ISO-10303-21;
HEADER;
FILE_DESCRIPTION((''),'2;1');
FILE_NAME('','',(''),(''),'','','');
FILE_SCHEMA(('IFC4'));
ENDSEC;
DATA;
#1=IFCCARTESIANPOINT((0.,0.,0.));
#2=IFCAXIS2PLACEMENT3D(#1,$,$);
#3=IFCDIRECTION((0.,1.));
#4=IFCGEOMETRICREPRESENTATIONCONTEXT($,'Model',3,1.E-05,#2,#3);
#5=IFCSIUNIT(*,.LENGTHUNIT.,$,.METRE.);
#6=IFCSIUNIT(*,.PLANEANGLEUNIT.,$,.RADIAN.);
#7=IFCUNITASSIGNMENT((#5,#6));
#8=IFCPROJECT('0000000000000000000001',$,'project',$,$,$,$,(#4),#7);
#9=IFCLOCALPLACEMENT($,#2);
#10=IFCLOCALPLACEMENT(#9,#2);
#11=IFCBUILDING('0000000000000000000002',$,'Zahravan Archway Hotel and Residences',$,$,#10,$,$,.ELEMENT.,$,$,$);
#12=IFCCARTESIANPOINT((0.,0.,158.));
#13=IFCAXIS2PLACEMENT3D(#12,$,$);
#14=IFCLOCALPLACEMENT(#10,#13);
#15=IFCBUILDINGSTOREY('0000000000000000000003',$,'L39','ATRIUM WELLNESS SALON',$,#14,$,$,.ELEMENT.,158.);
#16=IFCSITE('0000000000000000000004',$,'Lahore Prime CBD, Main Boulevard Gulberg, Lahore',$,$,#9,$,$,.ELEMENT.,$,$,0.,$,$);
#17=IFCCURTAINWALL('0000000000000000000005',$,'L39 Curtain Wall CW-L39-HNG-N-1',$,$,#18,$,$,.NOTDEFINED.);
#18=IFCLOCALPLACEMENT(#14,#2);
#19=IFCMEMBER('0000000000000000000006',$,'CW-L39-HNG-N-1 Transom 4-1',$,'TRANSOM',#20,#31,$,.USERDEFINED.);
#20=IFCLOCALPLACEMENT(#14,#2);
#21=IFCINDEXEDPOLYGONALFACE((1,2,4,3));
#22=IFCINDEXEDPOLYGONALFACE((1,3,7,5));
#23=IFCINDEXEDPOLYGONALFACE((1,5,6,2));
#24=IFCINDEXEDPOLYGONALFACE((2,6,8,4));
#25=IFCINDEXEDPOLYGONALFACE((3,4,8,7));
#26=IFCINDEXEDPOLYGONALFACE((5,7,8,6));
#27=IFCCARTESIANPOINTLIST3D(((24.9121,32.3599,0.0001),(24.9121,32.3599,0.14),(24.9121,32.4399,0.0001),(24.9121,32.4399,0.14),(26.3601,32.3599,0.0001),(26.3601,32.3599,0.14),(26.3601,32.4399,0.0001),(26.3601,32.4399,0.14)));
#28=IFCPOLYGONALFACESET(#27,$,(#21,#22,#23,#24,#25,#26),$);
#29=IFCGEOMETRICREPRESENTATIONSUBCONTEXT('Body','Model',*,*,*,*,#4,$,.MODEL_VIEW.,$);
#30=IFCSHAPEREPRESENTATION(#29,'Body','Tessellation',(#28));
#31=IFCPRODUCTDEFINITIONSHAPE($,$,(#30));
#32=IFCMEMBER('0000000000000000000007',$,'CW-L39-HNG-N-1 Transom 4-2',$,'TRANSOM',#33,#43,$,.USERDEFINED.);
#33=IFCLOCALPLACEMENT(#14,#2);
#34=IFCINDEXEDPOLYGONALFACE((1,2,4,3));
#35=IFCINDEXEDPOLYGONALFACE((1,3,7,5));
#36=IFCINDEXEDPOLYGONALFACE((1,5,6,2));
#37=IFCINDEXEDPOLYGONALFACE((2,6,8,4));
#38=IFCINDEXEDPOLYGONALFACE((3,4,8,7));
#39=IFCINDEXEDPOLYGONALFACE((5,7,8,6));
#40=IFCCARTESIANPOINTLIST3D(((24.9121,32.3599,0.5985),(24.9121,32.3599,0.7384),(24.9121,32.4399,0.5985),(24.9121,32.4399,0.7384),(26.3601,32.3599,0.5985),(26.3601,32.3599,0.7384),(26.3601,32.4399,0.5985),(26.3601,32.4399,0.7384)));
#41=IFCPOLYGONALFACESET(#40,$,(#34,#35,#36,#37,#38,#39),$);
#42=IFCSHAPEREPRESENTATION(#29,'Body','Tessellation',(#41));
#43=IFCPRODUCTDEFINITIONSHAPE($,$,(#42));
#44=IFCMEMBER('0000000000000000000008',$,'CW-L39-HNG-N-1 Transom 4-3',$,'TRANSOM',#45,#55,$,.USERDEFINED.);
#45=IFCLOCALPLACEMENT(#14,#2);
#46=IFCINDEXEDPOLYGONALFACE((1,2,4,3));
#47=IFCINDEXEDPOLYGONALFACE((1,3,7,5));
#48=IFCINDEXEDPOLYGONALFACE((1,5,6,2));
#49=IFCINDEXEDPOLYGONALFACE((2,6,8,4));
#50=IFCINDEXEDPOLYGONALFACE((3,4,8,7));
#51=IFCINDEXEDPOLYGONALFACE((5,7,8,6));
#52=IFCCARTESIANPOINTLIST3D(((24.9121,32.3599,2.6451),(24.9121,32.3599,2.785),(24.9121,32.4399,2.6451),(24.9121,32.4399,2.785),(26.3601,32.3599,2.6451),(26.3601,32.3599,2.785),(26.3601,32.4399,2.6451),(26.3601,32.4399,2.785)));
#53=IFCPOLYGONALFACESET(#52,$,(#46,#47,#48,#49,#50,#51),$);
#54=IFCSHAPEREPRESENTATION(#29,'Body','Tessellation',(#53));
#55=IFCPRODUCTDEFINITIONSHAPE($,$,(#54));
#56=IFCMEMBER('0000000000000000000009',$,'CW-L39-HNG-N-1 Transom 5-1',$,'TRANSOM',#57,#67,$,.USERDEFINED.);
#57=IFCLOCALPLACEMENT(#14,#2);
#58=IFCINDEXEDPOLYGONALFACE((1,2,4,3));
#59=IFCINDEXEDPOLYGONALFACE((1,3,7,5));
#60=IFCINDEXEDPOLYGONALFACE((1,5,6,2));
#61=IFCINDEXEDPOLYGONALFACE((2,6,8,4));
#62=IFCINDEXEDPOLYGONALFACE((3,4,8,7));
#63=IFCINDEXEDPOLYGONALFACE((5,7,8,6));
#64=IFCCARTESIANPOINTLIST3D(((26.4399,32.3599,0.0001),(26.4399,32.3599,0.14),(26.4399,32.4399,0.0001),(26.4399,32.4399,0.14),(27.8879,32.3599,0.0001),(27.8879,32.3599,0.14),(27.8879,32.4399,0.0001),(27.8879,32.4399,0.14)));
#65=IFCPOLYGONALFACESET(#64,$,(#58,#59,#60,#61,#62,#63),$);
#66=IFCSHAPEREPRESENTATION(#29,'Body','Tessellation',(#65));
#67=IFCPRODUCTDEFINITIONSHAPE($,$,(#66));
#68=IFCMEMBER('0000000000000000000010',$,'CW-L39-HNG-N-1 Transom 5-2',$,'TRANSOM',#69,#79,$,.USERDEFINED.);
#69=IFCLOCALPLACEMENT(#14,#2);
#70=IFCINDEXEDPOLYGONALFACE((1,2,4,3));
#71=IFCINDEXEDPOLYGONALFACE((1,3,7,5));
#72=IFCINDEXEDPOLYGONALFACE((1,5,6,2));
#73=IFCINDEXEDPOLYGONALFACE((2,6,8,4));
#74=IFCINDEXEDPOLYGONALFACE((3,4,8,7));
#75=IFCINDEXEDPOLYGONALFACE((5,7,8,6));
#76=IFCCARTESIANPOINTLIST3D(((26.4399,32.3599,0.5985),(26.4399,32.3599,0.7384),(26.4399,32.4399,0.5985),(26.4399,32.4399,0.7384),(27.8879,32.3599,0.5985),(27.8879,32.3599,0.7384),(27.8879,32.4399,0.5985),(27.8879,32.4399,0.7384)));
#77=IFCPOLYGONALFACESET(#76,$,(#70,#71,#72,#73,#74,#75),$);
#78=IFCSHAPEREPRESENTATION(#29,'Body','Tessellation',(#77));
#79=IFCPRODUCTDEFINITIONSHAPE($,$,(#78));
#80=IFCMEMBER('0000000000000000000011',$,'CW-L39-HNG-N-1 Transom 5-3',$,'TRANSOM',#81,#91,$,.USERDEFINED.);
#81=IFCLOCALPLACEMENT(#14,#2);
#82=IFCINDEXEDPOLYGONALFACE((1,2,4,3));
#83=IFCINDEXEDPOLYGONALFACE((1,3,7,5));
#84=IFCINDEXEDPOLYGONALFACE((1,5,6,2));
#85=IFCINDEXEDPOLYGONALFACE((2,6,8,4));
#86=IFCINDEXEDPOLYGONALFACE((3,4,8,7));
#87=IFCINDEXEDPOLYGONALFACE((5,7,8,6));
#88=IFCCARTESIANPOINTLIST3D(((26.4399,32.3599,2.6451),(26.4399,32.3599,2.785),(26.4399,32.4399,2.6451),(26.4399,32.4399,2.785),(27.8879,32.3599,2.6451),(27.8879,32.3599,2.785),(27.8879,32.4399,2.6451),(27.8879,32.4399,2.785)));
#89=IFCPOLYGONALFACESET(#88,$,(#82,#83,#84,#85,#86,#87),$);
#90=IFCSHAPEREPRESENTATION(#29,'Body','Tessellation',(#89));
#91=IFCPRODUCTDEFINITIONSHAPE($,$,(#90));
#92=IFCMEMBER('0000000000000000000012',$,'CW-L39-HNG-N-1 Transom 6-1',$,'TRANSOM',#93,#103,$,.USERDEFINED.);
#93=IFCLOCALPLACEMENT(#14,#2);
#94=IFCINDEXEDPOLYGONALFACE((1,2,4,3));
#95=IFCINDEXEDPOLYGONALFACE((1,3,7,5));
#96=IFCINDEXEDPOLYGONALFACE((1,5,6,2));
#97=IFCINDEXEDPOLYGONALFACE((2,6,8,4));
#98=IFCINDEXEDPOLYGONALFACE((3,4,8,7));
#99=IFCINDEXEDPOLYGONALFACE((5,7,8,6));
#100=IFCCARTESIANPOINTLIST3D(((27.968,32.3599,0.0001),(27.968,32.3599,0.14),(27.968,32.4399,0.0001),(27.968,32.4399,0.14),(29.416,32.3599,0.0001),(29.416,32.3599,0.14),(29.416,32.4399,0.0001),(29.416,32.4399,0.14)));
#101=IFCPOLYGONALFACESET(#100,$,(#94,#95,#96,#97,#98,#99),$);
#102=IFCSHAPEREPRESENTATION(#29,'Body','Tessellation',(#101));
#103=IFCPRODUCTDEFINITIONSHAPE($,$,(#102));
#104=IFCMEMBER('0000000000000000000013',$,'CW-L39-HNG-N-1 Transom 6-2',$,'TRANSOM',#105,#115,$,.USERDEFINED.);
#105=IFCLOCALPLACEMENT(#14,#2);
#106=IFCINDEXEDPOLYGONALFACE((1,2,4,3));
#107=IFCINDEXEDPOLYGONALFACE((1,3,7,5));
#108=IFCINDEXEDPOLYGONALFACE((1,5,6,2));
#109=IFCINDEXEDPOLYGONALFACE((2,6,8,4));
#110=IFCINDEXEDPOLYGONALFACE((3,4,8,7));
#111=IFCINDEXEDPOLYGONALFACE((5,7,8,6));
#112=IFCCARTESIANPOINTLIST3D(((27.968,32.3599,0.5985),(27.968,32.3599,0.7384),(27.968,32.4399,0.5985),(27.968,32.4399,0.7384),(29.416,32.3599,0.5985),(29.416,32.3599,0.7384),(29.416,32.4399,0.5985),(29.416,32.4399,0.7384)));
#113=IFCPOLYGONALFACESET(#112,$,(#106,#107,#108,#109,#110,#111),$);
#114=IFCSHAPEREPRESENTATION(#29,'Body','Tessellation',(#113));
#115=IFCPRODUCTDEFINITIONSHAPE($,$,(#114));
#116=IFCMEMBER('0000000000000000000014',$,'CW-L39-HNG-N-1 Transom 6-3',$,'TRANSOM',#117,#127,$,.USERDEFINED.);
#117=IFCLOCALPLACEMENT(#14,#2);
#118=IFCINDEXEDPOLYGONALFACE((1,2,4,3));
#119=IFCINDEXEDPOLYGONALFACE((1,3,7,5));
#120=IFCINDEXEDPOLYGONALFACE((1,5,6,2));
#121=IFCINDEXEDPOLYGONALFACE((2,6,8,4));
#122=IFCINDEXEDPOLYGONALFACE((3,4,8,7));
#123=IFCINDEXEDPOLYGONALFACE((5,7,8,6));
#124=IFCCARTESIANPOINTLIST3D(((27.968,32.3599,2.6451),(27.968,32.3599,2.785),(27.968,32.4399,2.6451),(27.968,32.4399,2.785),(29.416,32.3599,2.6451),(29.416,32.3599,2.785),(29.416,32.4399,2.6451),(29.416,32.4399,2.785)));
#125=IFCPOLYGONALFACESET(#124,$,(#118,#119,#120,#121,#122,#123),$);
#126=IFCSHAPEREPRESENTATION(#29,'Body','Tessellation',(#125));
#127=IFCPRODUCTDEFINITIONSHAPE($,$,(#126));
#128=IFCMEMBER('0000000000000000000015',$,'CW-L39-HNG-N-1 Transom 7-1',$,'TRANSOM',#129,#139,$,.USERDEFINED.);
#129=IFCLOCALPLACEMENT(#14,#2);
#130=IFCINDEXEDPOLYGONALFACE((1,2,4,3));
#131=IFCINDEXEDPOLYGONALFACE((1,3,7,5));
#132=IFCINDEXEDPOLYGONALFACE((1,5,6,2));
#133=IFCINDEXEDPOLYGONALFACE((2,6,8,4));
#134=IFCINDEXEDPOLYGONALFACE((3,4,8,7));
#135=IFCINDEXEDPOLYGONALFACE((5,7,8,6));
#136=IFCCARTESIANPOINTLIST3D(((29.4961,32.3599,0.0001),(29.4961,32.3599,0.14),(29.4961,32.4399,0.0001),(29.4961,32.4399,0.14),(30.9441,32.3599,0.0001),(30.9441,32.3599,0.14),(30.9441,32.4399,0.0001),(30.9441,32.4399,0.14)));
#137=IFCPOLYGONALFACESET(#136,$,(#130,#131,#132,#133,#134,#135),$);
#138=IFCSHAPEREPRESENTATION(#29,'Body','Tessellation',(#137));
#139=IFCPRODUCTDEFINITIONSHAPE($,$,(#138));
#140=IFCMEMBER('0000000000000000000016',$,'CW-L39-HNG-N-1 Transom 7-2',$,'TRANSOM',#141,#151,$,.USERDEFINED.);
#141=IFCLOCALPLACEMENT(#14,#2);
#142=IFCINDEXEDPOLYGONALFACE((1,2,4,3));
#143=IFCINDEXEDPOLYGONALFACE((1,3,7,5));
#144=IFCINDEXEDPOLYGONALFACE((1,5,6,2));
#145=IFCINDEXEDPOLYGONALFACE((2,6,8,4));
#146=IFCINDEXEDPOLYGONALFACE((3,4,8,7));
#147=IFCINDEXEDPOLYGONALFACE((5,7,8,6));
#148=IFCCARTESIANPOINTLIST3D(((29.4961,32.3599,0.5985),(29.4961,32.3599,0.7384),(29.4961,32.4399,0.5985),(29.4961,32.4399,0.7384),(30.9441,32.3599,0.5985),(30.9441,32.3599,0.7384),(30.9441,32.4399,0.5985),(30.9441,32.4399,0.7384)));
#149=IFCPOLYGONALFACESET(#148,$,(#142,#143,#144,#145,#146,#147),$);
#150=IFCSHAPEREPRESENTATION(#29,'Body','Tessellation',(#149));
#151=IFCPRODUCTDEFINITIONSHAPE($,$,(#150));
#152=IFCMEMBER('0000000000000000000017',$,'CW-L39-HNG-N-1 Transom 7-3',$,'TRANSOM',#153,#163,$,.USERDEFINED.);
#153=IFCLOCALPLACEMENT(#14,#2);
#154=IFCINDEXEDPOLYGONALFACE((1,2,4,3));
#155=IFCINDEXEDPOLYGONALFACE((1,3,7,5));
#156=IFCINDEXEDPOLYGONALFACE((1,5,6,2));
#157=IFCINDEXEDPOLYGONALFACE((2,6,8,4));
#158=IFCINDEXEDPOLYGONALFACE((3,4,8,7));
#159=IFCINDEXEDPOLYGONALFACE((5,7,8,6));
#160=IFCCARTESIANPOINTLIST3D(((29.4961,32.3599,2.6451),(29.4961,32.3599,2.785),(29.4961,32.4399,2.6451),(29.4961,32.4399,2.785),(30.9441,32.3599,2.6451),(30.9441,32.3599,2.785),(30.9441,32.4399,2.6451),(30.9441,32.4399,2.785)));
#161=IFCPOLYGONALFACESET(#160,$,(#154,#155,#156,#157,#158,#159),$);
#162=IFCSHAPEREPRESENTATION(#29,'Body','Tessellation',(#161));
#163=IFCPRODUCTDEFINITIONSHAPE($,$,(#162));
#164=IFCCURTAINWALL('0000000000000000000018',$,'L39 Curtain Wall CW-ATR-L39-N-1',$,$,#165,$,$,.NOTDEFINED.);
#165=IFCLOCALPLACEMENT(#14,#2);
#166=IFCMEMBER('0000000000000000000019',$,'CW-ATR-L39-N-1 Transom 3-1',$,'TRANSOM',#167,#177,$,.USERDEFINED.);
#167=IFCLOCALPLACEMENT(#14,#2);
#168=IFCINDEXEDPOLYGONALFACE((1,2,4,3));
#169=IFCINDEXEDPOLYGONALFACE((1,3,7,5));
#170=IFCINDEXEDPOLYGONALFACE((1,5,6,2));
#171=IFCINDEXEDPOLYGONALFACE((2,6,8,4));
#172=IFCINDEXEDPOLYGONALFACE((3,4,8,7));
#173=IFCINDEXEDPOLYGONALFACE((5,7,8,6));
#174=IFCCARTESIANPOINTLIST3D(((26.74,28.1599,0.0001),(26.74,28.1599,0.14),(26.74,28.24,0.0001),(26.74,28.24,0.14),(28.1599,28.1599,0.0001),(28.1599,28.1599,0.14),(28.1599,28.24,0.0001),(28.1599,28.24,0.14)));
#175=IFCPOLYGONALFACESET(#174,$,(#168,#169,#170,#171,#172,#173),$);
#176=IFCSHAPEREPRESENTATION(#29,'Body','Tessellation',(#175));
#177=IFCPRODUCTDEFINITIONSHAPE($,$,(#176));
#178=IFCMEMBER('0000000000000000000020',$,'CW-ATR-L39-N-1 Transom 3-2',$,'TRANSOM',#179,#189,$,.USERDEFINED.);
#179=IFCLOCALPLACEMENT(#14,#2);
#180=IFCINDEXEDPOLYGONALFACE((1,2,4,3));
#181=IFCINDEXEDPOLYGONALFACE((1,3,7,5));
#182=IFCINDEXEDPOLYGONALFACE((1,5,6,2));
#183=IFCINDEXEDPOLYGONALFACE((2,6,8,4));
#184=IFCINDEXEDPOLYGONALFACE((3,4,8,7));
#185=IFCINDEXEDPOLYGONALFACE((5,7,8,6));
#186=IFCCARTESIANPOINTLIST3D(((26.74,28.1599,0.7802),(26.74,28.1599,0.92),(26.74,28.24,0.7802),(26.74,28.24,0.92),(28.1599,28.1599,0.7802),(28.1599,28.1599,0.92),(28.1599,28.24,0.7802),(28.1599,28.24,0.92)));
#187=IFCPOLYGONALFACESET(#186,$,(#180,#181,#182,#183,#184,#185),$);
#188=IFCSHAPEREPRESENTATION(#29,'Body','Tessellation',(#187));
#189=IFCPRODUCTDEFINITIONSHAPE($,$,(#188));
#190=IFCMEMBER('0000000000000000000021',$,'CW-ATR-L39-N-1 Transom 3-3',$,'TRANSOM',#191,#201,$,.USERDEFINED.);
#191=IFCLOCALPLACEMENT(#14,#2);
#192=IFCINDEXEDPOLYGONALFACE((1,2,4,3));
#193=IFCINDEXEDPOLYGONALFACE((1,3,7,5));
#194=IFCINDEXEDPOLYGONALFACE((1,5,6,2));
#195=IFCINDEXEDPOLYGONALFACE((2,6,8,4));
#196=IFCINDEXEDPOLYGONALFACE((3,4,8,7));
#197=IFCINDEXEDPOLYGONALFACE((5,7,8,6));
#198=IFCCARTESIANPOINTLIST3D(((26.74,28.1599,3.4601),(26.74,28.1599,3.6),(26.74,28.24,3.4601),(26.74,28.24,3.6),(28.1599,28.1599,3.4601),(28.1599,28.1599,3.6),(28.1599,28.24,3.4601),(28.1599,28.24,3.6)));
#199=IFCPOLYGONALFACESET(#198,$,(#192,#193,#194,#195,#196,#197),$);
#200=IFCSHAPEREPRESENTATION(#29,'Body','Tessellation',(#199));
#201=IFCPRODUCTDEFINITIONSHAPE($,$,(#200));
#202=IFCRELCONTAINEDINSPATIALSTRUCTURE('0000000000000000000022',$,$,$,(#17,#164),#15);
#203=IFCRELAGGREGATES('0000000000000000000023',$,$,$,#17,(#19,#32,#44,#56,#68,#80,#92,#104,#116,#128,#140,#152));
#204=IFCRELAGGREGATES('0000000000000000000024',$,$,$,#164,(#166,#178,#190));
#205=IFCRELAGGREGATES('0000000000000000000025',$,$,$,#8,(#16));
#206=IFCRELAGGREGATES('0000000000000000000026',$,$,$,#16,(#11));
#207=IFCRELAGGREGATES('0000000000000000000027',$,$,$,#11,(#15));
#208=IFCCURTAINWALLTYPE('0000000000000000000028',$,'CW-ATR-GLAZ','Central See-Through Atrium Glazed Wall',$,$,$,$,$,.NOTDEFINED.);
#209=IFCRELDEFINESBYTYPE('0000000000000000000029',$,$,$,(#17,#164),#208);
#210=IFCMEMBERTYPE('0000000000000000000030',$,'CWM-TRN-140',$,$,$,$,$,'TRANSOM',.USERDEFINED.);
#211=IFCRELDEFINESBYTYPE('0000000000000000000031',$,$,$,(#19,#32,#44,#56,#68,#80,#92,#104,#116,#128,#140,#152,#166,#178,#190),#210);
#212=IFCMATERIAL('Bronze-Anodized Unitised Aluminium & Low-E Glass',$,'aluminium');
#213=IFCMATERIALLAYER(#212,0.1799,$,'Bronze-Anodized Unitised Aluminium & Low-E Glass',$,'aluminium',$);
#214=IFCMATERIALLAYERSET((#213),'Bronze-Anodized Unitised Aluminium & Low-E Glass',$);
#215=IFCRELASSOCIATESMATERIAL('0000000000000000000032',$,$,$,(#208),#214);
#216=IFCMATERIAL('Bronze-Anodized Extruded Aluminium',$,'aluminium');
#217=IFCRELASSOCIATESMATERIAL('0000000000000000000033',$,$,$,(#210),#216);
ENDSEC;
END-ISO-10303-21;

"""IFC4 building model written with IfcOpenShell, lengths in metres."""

from ifc_helpers import new_model, si_unit, direction, frame, origin, origin_2d, place, context, subcontext, project, spatial, rectangle, extrude, source, transform, mapped, material, layer, layer_set, material_profile, profile_set, type_object, element, aggregate, save


model = new_model("IFC4")

# Units and contexts
model_context = context("Model", 3, precision=1e-05, world=origin(), true_north=direction((0.0, 1.0)))
body_context = subcontext(model_context, "Body", "Model", "MODEL_VIEW")
ifc_project = project(units=[si_unit("LENGTHUNIT", "METRE"), si_unit("PLANEANGLEUNIT", "RADIAN")], contexts=[model_context])

# Site, building, storey
site_placement = place(None, origin())
site = spatial("IfcSite", under=ifc_project, at=site_placement, Name="Lahore Prime CBD, Main Boulevard Gulberg, Lahore", CompositionType="ELEMENT", RefElevation=0.0)
building_placement = place(site_placement, origin())
building = spatial("IfcBuilding", under=site, at=building_placement, Name="Zahravan Archway Hotel and Residences", CompositionType="ELEMENT")
storey_placement = place(building_placement, frame((0.0, 0.0, 158.0)))
storey = spatial("IfcBuildingStorey", under=building, at=storey_placement, Name="L39", Description="ATRIUM WELLNESS SALON", CompositionType="ELEMENT", Elevation=158.0)

# Curtain walls, members
ifc_material_1 = material(Name="Bronze-Anodized Unitised Aluminium & Low-E Glass", Category="aluminium")
ifc_layer_1 = layer(ifc_material_1, 0.1799, Name="Bronze-Anodized Unitised Aluminium & Low-E Glass", Category="aluminium")
ifc_layer_set_1 = layer_set([ifc_layer_1], Name="Bronze-Anodized Unitised Aluminium & Low-E Glass")
curtain_wall_type = type_object("IfcCurtainWallType", Name="CW-ATR-GLAZ", Description="Central See-Through Atrium Glazed Wall", PredefinedType="NOTDEFINED", material=ifc_layer_set_1)
curtain_wall_1_placement = place(storey_placement, origin())
curtain_wall_1 = element("IfcCurtainWall", 1, at=curtain_wall_1_placement, inside=storey, type_object=curtain_wall_type, Name="L39 Curtain Wall CW-L39-HNG-N-1", PredefinedType="NOTDEFINED")
ifc_material_2 = material(Name="Bronze-Anodized Extruded Aluminium", Category="aluminium")
ifc_material_profile_1 = material_profile(ifc_material_2, rectangle(XDim=0.0801, YDim=0.1399, at=origin_2d()), Name="TRN 80x140", Category="aluminium")
ifc_profile_set_1 = profile_set([ifc_material_profile_1], Name="Bronze-Anodized Extruded Aluminium")
member_type_1 = type_object("IfcMemberType", Name="CWM-TRN-140", ElementType="TRANSOM", PredefinedType="USERDEFINED", material=ifc_profile_set_1)
shared_shape_1 = source(origin(), body_context, "Body", "SweptSolid", [
    extrude(rectangle(XDim=0.0801, YDim=0.1399, at=origin_2d()), origin(), (0.0, 0.0, 1.0), 1.448),
])
member_1_placement = place(storey_placement, frame((24.9121, 32.3999, 0.0701), z_axis=(1.0, 0.0, 0.0), x_axis=(0.0, 1.0, 0.0)))
member_1 = element("IfcMember", 2, at=member_1_placement, type_object=member_type_1, Name="CW-L39-HNG-N-1 Transom 4-1", ObjectType="TRANSOM", PredefinedType="USERDEFINED", context=body_context, shape_type="MappedRepresentation", body=[
    mapped(shared_shape_1, transform((0.0, 0.0, 0.0), scale=1.0)),
])
member_2_placement = place(storey_placement, frame((24.9121, 32.3999, 0.6685), z_axis=(1.0, 0.0, 0.0), x_axis=(0.0, 1.0, 0.0)))
member_2 = element("IfcMember", 3, at=member_2_placement, type_object=member_type_1, Name="CW-L39-HNG-N-1 Transom 4-2", ObjectType="TRANSOM", PredefinedType="USERDEFINED", context=body_context, shape_type="MappedRepresentation", body=[
    mapped(shared_shape_1, transform((0.0, 0.0, 0.0), scale=1.0)),
])
member_3_placement = place(storey_placement, frame((24.9121, 32.3999, 2.7151), z_axis=(1.0, 0.0, 0.0), x_axis=(0.0, 1.0, 0.0)))
member_3 = element("IfcMember", 4, at=member_3_placement, type_object=member_type_1, Name="CW-L39-HNG-N-1 Transom 4-3", ObjectType="TRANSOM", PredefinedType="USERDEFINED", context=body_context, shape_type="MappedRepresentation", body=[
    mapped(shared_shape_1, transform((0.0, 0.0, 0.0), scale=1.0)),
])
member_4_placement = place(storey_placement, frame((26.4399, 32.3999, 0.0701), z_axis=(1.0, 0.0, 0.0), x_axis=(0.0, 1.0, 0.0)))
member_4 = element("IfcMember", 5, at=member_4_placement, type_object=member_type_1, Name="CW-L39-HNG-N-1 Transom 5-1", ObjectType="TRANSOM", PredefinedType="USERDEFINED", context=body_context, shape_type="MappedRepresentation", body=[
    mapped(shared_shape_1, transform((0.0, 0.0, 0.0), scale=1.0)),
])
member_5_placement = place(storey_placement, frame((26.4399, 32.3999, 0.6685), z_axis=(1.0, 0.0, 0.0), x_axis=(0.0, 1.0, 0.0)))
member_5 = element("IfcMember", 6, at=member_5_placement, type_object=member_type_1, Name="CW-L39-HNG-N-1 Transom 5-2", ObjectType="TRANSOM", PredefinedType="USERDEFINED", context=body_context, shape_type="MappedRepresentation", body=[
    mapped(shared_shape_1, transform((0.0, 0.0, 0.0), scale=1.0)),
])
member_6_placement = place(storey_placement, frame((26.4399, 32.3999, 2.7151), z_axis=(1.0, 0.0, 0.0), x_axis=(0.0, 1.0, 0.0)))
member_6 = element("IfcMember", 7, at=member_6_placement, type_object=member_type_1, Name="CW-L39-HNG-N-1 Transom 5-3", ObjectType="TRANSOM", PredefinedType="USERDEFINED", context=body_context, shape_type="MappedRepresentation", body=[
    mapped(shared_shape_1, transform((0.0, 0.0, 0.0), scale=1.0)),
])
member_7_placement = place(storey_placement, frame((27.968, 32.3999, 0.0701), z_axis=(1.0, 0.0, 0.0), x_axis=(0.0, 1.0, 0.0)))
member_7 = element("IfcMember", 8, at=member_7_placement, type_object=member_type_1, Name="CW-L39-HNG-N-1 Transom 6-1", ObjectType="TRANSOM", PredefinedType="USERDEFINED", context=body_context, shape_type="MappedRepresentation", body=[
    mapped(shared_shape_1, transform((0.0, 0.0, 0.0), scale=1.0)),
])
member_8_placement = place(storey_placement, frame((27.968, 32.3999, 0.6685), z_axis=(1.0, 0.0, 0.0), x_axis=(0.0, 1.0, 0.0)))
member_8 = element("IfcMember", 9, at=member_8_placement, type_object=member_type_1, Name="CW-L39-HNG-N-1 Transom 6-2", ObjectType="TRANSOM", PredefinedType="USERDEFINED", context=body_context, shape_type="MappedRepresentation", body=[
    mapped(shared_shape_1, transform((0.0, 0.0, 0.0), scale=1.0)),
])
member_9_placement = place(storey_placement, frame((27.968, 32.3999, 2.7151), z_axis=(1.0, 0.0, 0.0), x_axis=(0.0, 1.0, 0.0)))
member_9 = element("IfcMember", 10, at=member_9_placement, type_object=member_type_1, Name="CW-L39-HNG-N-1 Transom 6-3", ObjectType="TRANSOM", PredefinedType="USERDEFINED", context=body_context, shape_type="MappedRepresentation", body=[
    mapped(shared_shape_1, transform((0.0, 0.0, 0.0), scale=1.0)),
])
member_10_placement = place(storey_placement, frame((29.4961, 32.3999, 0.0701), z_axis=(1.0, 0.0, 0.0), x_axis=(0.0, 1.0, 0.0)))
member_10 = element("IfcMember", 11, at=member_10_placement, type_object=member_type_1, Name="CW-L39-HNG-N-1 Transom 7-1", ObjectType="TRANSOM", PredefinedType="USERDEFINED", context=body_context, shape_type="MappedRepresentation", body=[
    mapped(shared_shape_1, transform((0.0, 0.0, 0.0), scale=1.0)),
])
member_11_placement = place(storey_placement, frame((29.4961, 32.3999, 0.6685), z_axis=(1.0, 0.0, 0.0), x_axis=(0.0, 1.0, 0.0)))
member_11 = element("IfcMember", 12, at=member_11_placement, type_object=member_type_1, Name="CW-L39-HNG-N-1 Transom 7-2", ObjectType="TRANSOM", PredefinedType="USERDEFINED", context=body_context, shape_type="MappedRepresentation", body=[
    mapped(shared_shape_1, transform((0.0, 0.0, 0.0), scale=1.0)),
])
member_12_placement = place(storey_placement, frame((29.4961, 32.3999, 2.7151), z_axis=(1.0, 0.0, 0.0), x_axis=(0.0, 1.0, 0.0)))
member_12 = element("IfcMember", 13, at=member_12_placement, type_object=member_type_1, Name="CW-L39-HNG-N-1 Transom 7-3", ObjectType="TRANSOM", PredefinedType="USERDEFINED", context=body_context, shape_type="MappedRepresentation", body=[
    mapped(shared_shape_1, transform((0.0, 0.0, 0.0), scale=1.0)),
])
curtain_wall_2_placement = place(storey_placement, origin())
curtain_wall_2 = element("IfcCurtainWall", 14, at=curtain_wall_2_placement, inside=storey, type_object=curtain_wall_type, Name="L39 Curtain Wall CW-ATR-L39-N-1", PredefinedType="NOTDEFINED")
shared_shape_2 = source(origin(), body_context, "Body", "SweptSolid", [
    extrude(rectangle(XDim=0.0801, YDim=0.1399, at=origin_2d()), origin(), (0.0, 0.0, 1.0), 1.4199),
])
member_13_placement = place(storey_placement, frame((26.74, 28.2, 0.0701), z_axis=(1.0, 0.0, 0.0), x_axis=(0.0, 1.0, 0.0)))
member_13 = element("IfcMember", 15, at=member_13_placement, type_object=member_type_1, Name="CW-ATR-L39-N-1 Transom 3-1", ObjectType="TRANSOM", PredefinedType="USERDEFINED", context=body_context, shape_type="MappedRepresentation", body=[
    mapped(shared_shape_2, transform((0.0, 0.0, 0.0), scale=1.0)),
])
member_14_placement = place(storey_placement, frame((26.74, 28.2, 0.8501), z_axis=(1.0, 0.0, 0.0), x_axis=(0.0, 1.0, 0.0)))
member_14 = element("IfcMember", 16, at=member_14_placement, type_object=member_type_1, Name="CW-ATR-L39-N-1 Transom 3-2", ObjectType="TRANSOM", PredefinedType="USERDEFINED", context=body_context, shape_type="MappedRepresentation", body=[
    mapped(shared_shape_2, transform((0.0, 0.0, 0.0), scale=1.0)),
])
member_15_placement = place(storey_placement, frame((26.74, 28.2, 3.53), z_axis=(1.0, 0.0, 0.0), x_axis=(0.0, 1.0, 0.0)))
member_15 = element("IfcMember", 17, at=member_15_placement, type_object=member_type_1, Name="CW-ATR-L39-N-1 Transom 3-3", ObjectType="TRANSOM", PredefinedType="USERDEFINED", context=body_context, shape_type="MappedRepresentation", body=[
    mapped(shared_shape_2, transform((0.0, 0.0, 0.0), scale=1.0)),
])

aggregate(curtain_wall_1, [member_1, member_2, member_3, member_4, member_5, member_6, member_7, member_8, member_9, member_10, member_11, member_12])
aggregate(curtain_wall_2, [member_13, member_14, member_15])

save(model, "model.ifc")
